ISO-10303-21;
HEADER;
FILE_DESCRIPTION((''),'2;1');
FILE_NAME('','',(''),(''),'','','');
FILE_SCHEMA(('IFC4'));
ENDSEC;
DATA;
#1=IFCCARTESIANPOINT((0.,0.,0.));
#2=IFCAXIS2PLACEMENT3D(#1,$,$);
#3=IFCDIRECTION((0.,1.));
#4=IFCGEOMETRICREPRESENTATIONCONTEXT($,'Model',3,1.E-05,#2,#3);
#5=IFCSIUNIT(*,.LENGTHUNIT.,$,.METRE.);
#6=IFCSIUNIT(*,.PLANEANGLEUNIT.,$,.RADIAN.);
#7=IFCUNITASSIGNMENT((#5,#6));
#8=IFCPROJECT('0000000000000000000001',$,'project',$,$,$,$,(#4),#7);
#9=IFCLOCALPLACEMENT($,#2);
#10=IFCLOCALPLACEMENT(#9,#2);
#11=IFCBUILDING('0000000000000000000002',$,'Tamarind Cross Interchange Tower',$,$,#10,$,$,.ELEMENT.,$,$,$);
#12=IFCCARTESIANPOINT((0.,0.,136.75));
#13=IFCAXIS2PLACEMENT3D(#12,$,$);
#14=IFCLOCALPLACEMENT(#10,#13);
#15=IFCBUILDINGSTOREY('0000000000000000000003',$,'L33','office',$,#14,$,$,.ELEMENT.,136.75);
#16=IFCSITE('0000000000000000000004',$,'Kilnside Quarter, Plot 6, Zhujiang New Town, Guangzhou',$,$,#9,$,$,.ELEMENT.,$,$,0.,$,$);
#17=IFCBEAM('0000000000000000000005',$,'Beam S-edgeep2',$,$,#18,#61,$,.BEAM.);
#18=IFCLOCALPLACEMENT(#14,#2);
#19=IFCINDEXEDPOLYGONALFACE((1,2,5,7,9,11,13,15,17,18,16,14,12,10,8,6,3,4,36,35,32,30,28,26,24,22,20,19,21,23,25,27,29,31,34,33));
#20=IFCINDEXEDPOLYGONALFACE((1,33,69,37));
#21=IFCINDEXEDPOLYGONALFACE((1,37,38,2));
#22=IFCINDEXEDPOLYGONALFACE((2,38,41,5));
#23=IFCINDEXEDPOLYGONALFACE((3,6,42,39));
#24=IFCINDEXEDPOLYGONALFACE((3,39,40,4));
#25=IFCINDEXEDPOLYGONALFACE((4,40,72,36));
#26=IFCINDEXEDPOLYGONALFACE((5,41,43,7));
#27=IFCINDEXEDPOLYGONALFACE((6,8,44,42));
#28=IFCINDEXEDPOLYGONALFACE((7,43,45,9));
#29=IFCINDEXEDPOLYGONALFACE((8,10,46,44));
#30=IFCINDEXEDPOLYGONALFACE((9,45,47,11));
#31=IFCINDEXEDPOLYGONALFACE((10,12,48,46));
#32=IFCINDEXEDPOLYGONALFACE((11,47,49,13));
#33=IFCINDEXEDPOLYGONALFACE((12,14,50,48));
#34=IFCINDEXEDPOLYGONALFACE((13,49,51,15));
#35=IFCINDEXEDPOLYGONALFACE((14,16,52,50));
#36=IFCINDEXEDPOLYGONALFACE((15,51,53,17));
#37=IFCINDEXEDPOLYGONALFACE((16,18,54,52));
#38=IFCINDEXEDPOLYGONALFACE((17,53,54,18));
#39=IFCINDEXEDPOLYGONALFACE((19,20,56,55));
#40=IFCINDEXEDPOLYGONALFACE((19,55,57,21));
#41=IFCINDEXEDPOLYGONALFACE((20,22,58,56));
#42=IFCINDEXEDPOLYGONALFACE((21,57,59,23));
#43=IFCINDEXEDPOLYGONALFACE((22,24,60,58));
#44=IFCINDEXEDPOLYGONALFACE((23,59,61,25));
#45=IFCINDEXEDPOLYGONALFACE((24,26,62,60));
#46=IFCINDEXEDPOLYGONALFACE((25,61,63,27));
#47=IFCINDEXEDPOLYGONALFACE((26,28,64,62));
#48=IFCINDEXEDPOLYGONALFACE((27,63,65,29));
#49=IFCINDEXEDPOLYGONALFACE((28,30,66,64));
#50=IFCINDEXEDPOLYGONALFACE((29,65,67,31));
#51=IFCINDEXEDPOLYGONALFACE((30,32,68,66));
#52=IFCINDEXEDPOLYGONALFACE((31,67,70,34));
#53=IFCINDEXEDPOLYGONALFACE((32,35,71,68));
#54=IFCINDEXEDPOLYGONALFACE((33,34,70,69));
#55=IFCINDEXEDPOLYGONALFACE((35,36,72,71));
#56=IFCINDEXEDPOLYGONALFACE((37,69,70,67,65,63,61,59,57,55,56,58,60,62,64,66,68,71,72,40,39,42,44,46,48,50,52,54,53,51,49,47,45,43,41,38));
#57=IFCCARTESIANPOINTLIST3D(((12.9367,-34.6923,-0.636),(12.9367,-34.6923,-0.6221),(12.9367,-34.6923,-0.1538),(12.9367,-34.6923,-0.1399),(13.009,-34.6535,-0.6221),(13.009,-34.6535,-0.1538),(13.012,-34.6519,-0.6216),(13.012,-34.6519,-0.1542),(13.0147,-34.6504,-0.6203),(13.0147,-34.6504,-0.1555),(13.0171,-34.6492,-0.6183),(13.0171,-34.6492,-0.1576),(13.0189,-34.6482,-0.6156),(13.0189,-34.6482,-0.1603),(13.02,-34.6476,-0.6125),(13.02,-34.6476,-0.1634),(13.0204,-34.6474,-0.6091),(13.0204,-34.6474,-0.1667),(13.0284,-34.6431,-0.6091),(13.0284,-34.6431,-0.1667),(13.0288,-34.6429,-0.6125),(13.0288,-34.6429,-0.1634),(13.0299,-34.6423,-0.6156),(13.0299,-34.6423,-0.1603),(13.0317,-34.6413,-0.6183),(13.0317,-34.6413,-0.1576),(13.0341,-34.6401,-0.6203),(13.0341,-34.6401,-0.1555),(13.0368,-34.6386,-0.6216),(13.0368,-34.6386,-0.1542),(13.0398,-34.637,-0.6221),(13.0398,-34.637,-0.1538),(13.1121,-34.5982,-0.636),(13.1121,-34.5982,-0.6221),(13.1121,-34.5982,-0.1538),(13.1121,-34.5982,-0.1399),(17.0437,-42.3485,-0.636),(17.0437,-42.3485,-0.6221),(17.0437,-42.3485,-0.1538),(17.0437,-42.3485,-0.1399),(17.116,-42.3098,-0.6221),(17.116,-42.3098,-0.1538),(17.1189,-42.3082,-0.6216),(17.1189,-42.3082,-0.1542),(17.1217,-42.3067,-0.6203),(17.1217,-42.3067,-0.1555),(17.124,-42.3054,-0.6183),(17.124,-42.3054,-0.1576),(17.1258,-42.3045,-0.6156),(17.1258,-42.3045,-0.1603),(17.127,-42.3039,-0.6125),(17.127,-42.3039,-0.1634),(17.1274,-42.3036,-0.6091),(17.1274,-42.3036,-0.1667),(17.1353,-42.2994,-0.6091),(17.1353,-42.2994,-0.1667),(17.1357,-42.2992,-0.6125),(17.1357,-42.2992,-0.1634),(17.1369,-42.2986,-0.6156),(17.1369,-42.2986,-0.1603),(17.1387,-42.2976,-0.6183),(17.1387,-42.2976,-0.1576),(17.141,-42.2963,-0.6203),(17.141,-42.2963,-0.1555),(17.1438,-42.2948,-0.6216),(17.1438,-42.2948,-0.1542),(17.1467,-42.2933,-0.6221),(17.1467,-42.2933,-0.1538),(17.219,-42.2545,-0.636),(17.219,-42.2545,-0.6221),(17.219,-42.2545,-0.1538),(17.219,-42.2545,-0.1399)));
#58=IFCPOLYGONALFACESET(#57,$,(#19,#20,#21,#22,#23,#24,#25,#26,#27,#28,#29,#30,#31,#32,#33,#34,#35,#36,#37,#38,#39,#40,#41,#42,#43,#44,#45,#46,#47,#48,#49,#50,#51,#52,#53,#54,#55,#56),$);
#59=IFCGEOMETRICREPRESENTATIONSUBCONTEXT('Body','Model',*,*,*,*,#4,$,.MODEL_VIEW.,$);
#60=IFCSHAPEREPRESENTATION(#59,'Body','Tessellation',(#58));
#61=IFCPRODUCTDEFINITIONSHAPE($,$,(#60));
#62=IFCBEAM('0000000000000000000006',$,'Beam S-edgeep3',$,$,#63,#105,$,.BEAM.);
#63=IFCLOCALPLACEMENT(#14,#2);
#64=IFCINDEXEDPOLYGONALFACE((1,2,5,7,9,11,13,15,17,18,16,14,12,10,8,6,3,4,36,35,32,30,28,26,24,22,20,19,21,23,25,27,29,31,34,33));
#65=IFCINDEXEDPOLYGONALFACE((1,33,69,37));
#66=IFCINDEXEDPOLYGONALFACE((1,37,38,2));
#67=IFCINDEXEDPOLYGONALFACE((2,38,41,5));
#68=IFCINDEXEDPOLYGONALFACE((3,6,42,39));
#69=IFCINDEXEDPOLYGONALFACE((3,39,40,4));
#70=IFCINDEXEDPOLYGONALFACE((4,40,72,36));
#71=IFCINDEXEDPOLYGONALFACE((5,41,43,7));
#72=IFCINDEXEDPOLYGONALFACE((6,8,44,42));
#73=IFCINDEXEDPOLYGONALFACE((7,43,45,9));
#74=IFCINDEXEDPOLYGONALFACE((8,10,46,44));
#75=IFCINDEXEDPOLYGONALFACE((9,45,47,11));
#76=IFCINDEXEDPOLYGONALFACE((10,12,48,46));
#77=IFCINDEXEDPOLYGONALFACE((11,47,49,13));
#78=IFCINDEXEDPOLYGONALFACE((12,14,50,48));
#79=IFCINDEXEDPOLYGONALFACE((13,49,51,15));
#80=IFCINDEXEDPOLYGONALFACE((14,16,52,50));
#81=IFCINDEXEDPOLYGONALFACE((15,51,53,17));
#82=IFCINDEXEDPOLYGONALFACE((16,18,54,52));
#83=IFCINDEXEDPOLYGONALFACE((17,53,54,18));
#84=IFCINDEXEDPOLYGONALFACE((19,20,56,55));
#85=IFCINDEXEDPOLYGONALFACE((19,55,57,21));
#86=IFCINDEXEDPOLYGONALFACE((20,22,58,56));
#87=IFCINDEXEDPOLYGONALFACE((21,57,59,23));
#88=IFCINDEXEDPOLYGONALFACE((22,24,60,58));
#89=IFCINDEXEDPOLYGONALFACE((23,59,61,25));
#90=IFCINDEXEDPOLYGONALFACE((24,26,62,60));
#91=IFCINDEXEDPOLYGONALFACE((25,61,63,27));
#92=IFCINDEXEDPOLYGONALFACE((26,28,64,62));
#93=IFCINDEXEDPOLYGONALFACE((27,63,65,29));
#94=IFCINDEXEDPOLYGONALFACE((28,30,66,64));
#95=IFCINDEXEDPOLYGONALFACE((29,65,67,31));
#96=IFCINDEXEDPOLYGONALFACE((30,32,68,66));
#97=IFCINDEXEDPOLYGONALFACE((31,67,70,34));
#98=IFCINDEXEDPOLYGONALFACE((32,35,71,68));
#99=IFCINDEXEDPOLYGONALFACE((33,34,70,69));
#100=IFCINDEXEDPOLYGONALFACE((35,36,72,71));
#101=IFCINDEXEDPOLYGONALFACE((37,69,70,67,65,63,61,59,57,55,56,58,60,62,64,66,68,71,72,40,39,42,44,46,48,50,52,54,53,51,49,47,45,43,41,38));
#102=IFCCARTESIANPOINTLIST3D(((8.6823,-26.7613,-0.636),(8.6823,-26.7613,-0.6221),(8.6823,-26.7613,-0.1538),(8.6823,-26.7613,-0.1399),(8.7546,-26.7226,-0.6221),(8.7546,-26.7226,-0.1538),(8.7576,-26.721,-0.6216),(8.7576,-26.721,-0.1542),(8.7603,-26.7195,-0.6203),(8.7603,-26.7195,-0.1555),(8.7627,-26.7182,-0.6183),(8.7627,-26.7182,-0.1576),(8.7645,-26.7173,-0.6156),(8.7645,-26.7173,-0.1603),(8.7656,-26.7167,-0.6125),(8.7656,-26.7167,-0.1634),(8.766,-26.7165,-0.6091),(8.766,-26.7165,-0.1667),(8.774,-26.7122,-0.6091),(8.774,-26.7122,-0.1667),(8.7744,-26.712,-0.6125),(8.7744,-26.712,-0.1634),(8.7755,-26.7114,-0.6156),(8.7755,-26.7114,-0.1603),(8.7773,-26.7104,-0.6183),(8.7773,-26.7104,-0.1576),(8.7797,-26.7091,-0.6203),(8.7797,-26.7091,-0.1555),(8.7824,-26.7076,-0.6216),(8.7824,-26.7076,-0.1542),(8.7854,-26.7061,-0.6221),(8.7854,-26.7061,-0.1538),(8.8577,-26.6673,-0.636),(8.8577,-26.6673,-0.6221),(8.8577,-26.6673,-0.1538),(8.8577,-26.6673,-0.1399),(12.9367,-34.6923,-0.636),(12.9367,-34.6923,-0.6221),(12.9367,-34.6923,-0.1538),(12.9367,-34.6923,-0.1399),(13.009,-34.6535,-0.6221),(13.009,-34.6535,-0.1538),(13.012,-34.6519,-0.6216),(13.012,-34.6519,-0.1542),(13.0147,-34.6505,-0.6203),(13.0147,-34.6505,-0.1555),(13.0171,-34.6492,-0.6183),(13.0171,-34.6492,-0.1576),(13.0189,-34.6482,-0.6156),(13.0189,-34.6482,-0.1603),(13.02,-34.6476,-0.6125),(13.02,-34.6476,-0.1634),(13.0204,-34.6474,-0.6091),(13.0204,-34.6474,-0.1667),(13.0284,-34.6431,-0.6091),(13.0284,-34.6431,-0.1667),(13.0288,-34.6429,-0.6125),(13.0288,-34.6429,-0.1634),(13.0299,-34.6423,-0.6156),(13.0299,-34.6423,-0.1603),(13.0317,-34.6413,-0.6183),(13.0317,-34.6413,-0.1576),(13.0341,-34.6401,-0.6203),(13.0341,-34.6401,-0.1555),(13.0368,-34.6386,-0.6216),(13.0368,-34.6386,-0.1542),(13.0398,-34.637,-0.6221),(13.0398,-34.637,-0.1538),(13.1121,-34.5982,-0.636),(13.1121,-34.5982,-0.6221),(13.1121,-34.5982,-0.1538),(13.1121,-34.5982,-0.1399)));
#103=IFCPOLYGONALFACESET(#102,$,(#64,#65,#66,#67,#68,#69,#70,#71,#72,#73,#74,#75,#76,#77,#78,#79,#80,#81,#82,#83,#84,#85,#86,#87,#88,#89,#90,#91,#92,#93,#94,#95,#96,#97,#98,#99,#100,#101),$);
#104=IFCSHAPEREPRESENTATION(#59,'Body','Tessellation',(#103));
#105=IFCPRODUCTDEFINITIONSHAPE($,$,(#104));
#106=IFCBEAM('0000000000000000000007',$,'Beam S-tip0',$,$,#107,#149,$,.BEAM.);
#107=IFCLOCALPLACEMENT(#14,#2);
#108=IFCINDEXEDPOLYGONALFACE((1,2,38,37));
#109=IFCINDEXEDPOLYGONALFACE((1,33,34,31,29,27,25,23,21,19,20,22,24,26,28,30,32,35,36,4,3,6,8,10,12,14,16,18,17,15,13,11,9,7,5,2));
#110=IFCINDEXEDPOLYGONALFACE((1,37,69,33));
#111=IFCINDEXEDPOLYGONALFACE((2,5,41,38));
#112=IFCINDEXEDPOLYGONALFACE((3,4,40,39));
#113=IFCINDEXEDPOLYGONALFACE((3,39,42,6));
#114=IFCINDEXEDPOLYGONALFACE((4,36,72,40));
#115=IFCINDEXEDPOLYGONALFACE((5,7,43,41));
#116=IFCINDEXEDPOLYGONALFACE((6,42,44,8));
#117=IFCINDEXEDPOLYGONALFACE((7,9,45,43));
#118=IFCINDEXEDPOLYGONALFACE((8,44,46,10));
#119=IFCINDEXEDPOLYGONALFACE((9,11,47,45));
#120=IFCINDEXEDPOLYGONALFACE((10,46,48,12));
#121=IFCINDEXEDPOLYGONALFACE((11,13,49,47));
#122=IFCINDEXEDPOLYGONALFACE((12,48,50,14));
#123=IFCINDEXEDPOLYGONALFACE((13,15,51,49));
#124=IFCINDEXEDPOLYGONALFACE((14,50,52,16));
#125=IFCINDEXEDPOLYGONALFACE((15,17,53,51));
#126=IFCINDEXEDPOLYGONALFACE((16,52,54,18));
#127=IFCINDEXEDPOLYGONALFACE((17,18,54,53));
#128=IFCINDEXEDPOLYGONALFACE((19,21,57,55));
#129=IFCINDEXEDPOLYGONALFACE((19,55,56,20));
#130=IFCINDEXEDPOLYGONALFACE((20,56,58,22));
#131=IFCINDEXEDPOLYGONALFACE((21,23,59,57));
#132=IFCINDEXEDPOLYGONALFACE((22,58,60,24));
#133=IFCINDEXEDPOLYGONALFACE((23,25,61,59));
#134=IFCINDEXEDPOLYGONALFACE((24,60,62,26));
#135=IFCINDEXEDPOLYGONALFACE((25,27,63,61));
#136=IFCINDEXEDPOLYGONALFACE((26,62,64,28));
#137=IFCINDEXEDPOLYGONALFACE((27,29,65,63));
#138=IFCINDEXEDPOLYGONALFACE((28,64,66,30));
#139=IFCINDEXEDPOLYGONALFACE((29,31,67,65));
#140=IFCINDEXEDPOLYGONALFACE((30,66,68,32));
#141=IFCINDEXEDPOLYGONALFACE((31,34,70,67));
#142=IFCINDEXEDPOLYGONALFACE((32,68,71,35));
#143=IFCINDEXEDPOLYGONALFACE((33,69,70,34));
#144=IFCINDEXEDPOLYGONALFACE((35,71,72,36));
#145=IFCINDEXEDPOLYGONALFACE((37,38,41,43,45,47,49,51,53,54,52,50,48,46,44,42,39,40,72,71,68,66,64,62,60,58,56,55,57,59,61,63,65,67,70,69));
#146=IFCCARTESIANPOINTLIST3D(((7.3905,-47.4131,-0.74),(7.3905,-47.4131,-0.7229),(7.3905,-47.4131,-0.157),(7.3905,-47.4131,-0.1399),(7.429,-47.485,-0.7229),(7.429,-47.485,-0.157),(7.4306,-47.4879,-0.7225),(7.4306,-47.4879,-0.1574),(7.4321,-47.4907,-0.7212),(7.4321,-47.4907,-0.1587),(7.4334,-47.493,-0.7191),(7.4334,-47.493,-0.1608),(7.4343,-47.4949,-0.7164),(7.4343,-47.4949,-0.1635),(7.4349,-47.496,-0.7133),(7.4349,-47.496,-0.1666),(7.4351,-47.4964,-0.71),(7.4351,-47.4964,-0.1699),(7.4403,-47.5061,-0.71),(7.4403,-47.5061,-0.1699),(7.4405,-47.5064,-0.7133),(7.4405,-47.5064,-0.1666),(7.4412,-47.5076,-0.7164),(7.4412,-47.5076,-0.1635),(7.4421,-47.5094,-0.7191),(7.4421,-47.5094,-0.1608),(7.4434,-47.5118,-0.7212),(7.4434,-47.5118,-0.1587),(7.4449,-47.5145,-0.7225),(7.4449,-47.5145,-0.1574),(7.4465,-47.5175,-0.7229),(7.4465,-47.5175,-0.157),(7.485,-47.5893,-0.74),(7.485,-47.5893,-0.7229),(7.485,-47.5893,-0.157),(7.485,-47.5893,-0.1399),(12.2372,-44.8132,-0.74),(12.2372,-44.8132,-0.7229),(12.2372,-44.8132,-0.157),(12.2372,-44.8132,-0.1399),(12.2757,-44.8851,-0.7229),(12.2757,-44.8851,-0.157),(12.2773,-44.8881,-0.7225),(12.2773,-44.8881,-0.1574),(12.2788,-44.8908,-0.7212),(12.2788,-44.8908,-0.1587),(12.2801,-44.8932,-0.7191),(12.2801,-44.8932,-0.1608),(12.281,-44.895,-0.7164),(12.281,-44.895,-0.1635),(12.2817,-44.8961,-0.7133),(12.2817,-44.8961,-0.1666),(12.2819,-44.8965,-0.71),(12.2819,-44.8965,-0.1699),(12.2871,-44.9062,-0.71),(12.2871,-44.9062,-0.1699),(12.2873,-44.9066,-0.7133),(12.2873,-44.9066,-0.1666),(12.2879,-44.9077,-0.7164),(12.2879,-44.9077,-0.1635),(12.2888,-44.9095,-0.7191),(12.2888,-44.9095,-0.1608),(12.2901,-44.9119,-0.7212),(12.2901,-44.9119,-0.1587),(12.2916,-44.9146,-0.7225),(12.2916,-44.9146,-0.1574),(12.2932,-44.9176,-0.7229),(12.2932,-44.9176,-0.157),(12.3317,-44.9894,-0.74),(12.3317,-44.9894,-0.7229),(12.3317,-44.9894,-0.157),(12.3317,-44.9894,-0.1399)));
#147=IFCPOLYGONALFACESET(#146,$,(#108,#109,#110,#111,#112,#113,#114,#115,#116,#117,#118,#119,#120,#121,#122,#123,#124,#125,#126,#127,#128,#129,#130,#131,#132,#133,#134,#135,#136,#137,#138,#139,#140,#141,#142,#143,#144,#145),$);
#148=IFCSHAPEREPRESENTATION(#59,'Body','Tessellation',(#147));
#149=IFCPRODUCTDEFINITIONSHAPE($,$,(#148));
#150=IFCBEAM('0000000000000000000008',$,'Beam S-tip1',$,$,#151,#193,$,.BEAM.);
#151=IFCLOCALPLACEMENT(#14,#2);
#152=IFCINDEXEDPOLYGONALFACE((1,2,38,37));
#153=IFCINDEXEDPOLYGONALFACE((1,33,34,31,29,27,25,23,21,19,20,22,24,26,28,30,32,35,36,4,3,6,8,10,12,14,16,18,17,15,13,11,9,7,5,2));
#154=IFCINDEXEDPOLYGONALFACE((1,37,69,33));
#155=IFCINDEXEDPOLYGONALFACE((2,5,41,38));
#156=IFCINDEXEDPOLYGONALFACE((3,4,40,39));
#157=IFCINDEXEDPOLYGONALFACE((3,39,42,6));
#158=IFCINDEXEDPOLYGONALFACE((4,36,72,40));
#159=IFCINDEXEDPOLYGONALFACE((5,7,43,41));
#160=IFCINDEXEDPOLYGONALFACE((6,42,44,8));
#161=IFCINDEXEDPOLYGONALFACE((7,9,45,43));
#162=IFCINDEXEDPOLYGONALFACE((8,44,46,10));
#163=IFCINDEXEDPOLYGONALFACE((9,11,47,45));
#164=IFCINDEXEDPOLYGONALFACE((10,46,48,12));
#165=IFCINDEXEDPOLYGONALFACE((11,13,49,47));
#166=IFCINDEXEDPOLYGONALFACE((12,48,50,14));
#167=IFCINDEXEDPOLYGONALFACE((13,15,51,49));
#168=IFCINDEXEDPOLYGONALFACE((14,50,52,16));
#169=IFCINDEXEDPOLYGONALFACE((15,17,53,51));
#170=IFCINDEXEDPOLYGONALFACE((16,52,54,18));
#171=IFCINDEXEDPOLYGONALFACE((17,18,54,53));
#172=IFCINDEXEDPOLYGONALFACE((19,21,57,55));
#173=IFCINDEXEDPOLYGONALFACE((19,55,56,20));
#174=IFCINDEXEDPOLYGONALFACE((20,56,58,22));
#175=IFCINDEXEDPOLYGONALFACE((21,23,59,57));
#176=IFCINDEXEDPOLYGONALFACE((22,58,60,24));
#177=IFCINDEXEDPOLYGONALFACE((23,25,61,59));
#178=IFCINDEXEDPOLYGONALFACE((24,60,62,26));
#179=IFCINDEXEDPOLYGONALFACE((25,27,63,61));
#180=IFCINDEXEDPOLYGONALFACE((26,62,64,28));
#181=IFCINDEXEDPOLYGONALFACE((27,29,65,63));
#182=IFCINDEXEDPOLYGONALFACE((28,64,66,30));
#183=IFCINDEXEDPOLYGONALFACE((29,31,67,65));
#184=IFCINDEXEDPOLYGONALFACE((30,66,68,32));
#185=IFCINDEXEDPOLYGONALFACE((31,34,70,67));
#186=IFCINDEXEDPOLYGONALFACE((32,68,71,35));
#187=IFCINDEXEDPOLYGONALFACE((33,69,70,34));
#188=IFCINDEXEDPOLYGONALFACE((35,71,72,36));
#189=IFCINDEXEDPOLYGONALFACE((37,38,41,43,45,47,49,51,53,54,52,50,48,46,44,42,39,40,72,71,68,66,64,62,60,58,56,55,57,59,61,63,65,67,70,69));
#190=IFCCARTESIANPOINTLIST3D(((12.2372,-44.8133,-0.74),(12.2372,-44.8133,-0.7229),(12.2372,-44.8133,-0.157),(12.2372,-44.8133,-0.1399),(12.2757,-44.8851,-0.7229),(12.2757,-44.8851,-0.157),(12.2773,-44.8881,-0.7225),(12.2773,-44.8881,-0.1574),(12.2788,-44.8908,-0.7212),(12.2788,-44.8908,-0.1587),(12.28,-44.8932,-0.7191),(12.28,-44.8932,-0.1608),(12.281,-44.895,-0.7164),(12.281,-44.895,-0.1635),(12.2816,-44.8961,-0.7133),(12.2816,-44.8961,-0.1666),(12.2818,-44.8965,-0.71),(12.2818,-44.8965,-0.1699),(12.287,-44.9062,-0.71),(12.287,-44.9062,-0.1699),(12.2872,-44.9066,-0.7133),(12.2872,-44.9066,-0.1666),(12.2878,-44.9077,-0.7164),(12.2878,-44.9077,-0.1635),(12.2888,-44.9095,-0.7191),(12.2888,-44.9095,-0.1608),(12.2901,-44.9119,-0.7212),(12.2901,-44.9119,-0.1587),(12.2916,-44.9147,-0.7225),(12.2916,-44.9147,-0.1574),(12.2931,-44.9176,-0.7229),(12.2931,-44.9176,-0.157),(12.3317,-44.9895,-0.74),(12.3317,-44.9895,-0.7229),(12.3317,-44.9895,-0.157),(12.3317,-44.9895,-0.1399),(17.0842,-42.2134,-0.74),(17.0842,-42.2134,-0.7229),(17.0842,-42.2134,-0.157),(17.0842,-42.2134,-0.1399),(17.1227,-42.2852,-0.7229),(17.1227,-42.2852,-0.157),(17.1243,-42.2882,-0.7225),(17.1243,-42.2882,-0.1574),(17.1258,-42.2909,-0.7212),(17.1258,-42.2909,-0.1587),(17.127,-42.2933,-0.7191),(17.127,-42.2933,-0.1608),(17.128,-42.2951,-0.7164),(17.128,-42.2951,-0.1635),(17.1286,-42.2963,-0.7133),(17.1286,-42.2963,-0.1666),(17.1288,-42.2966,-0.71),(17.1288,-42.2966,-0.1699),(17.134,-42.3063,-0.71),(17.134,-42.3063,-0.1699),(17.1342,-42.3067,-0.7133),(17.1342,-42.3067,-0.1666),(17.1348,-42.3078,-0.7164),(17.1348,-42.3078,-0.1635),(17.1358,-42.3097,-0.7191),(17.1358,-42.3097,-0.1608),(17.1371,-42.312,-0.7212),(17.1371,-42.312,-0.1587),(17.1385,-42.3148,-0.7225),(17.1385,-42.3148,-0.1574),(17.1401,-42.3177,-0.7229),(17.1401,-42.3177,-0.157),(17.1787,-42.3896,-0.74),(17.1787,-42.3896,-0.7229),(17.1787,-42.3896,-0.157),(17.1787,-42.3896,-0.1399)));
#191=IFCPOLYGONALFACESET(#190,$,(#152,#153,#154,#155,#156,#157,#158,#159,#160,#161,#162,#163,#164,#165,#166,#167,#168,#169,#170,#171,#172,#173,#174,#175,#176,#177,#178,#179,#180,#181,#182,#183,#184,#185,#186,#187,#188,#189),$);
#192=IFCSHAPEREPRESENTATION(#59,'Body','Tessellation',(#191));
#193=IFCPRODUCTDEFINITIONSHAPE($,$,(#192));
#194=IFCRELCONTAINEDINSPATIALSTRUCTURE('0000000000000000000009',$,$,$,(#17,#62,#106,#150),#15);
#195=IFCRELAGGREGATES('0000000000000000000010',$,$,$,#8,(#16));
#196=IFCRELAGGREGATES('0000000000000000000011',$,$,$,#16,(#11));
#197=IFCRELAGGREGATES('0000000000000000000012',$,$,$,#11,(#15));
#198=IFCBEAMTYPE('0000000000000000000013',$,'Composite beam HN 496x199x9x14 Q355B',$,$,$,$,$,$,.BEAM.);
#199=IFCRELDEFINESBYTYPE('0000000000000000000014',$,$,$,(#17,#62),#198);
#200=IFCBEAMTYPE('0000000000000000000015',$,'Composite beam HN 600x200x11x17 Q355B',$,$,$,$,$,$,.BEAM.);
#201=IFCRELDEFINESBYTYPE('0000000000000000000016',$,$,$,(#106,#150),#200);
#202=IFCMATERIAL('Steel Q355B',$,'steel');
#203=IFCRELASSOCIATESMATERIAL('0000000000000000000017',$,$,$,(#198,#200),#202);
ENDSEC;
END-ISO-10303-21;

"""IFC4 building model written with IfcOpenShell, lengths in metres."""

from ifc_helpers import new_model, si_unit, direction, frame, origin, origin_2d, place, context, subcontext, project, spatial, i_section, extrude, material, material_profile, profile_set, type_object, element, save


model = new_model("IFC4")

# Units and contexts
model_context = context("Model", 3, precision=1e-05, world=origin(), true_north=direction((0.0, 1.0)))
body_context = subcontext(model_context, "Body", "Model", "MODEL_VIEW")
ifc_project = project(units=[si_unit("LENGTHUNIT", "METRE"), si_unit("PLANEANGLEUNIT", "RADIAN")], contexts=[model_context])

# Site, building, storey
site_placement = place(None, origin())
site = spatial("IfcSite", under=ifc_project, at=site_placement, Name="Kilnside Quarter, Plot 6, Zhujiang New Town, Guangzhou", CompositionType="ELEMENT", RefElevation=0.0)
building_placement = place(site_placement, origin())
building = spatial("IfcBuilding", under=site, at=building_placement, Name="Tamarind Cross Interchange Tower", CompositionType="ELEMENT")
storey_placement = place(building_placement, frame((0.0, 0.0, 136.75)))
storey = spatial("IfcBuildingStorey", under=building, at=storey_placement, Name="L33", Description="office", CompositionType="ELEMENT", Elevation=136.75)

# Beams
ifc_material_1 = material(Name="Steel Q355B", Category="steel")
ifc_material_profile_1 = material_profile(ifc_material_1, i_section(OverallWidth=0.199, OverallDepth=0.4961, WebThickness=0.009, FlangeThickness=0.0139, FilletRadius=0.0129, at=origin_2d()), Name="HN 496x199x9x14")
ifc_profile_set_1 = profile_set([ifc_material_profile_1], Name="Steel Q355B")
beam_type_1 = type_object("IfcBeamType", Name="Composite beam HN 496x199x9x14 Q355B", PredefinedType="BEAM", material=ifc_profile_set_1)
beam_1_placement = place(storey_placement, frame((17.1313, -42.3015, -0.3879), z_axis=(-0.472702, 0.881223, 0.0), x_axis=(-0.881223, -0.472702, 0.0)))
element("IfcBeam", 1, at=beam_1_placement, inside=storey, type_object=beam_type_1, Name="Beam S-edgeep2", PredefinedType="BEAM", context=body_context, shape_type="SweptSolid", body=[
    extrude(i_section(OverallWidth=0.199, OverallDepth=0.4961, WebThickness=0.009, FlangeThickness=0.0139, FilletRadius=0.0129, at=origin_2d()), origin(), (0.0, 0.0, 1.0), 8.6882),
])
beam_2_placement = place(storey_placement, frame((13.0244, -34.6453, -0.3879), z_axis=(-0.472713, 0.881216, 0.0), x_axis=(-0.881216, -0.472713, 0.0)))
element("IfcBeam", 2, at=beam_2_placement, inside=storey, type_object=beam_type_1, Name="Beam S-edgeep3", PredefinedType="BEAM", context=body_context, shape_type="SweptSolid", body=[
    extrude(i_section(OverallWidth=0.199, OverallDepth=0.4961, WebThickness=0.009, FlangeThickness=0.0139, FilletRadius=0.0129, at=origin_2d()), origin(), (0.0, 0.0, 1.0), 9.0),
])
ifc_material_profile_2 = material_profile(ifc_material_1, i_section(OverallWidth=0.2, OverallDepth=0.6001, WebThickness=0.011, FlangeThickness=0.0171, FilletRadius=0.0129, at=origin_2d()), Name="HN 600x200x11x17")
ifc_profile_set_2 = profile_set([ifc_material_profile_2], Name="Steel Q355B")
beam_type_2 = type_object("IfcBeamType", Name="Composite beam HN 600x200x11x17 Q355B", PredefinedType="BEAM", material=ifc_profile_set_2)
beam_3_placement = place(storey_placement, frame((7.4377, -47.5012, -0.4399), z_axis=(0.881221, 0.472704, 0.0), x_axis=(-0.472704, 0.881221, 0.0)))
element("IfcBeam", 3, at=beam_3_placement, inside=storey, type_object=beam_type_2, Name="Beam S-tip0", PredefinedType="BEAM", context=body_context, shape_type="SweptSolid", body=[
    extrude(i_section(OverallWidth=0.2, OverallDepth=0.6001, WebThickness=0.011, FlangeThickness=0.0171, FilletRadius=0.0129, at=origin_2d()), origin(), (0.0, 0.0, 1.0), 5.5),
])
beam_4_placement = place(storey_placement, frame((12.2844, -44.9014, -0.4399), z_axis=(0.881231, 0.472686, 0.0), x_axis=(-0.472686, 0.881231, 0.0)))
element("IfcBeam", 4, at=beam_4_placement, inside=storey, type_object=beam_type_2, Name="Beam S-tip1", PredefinedType="BEAM", context=body_context, shape_type="SweptSolid", body=[
    extrude(i_section(OverallWidth=0.2, OverallDepth=0.6001, WebThickness=0.011, FlangeThickness=0.0171, FilletRadius=0.0129, at=origin_2d()), origin(), (0.0, 0.0, 1.0), 5.5002),
])

save(model, "model.ifc")
